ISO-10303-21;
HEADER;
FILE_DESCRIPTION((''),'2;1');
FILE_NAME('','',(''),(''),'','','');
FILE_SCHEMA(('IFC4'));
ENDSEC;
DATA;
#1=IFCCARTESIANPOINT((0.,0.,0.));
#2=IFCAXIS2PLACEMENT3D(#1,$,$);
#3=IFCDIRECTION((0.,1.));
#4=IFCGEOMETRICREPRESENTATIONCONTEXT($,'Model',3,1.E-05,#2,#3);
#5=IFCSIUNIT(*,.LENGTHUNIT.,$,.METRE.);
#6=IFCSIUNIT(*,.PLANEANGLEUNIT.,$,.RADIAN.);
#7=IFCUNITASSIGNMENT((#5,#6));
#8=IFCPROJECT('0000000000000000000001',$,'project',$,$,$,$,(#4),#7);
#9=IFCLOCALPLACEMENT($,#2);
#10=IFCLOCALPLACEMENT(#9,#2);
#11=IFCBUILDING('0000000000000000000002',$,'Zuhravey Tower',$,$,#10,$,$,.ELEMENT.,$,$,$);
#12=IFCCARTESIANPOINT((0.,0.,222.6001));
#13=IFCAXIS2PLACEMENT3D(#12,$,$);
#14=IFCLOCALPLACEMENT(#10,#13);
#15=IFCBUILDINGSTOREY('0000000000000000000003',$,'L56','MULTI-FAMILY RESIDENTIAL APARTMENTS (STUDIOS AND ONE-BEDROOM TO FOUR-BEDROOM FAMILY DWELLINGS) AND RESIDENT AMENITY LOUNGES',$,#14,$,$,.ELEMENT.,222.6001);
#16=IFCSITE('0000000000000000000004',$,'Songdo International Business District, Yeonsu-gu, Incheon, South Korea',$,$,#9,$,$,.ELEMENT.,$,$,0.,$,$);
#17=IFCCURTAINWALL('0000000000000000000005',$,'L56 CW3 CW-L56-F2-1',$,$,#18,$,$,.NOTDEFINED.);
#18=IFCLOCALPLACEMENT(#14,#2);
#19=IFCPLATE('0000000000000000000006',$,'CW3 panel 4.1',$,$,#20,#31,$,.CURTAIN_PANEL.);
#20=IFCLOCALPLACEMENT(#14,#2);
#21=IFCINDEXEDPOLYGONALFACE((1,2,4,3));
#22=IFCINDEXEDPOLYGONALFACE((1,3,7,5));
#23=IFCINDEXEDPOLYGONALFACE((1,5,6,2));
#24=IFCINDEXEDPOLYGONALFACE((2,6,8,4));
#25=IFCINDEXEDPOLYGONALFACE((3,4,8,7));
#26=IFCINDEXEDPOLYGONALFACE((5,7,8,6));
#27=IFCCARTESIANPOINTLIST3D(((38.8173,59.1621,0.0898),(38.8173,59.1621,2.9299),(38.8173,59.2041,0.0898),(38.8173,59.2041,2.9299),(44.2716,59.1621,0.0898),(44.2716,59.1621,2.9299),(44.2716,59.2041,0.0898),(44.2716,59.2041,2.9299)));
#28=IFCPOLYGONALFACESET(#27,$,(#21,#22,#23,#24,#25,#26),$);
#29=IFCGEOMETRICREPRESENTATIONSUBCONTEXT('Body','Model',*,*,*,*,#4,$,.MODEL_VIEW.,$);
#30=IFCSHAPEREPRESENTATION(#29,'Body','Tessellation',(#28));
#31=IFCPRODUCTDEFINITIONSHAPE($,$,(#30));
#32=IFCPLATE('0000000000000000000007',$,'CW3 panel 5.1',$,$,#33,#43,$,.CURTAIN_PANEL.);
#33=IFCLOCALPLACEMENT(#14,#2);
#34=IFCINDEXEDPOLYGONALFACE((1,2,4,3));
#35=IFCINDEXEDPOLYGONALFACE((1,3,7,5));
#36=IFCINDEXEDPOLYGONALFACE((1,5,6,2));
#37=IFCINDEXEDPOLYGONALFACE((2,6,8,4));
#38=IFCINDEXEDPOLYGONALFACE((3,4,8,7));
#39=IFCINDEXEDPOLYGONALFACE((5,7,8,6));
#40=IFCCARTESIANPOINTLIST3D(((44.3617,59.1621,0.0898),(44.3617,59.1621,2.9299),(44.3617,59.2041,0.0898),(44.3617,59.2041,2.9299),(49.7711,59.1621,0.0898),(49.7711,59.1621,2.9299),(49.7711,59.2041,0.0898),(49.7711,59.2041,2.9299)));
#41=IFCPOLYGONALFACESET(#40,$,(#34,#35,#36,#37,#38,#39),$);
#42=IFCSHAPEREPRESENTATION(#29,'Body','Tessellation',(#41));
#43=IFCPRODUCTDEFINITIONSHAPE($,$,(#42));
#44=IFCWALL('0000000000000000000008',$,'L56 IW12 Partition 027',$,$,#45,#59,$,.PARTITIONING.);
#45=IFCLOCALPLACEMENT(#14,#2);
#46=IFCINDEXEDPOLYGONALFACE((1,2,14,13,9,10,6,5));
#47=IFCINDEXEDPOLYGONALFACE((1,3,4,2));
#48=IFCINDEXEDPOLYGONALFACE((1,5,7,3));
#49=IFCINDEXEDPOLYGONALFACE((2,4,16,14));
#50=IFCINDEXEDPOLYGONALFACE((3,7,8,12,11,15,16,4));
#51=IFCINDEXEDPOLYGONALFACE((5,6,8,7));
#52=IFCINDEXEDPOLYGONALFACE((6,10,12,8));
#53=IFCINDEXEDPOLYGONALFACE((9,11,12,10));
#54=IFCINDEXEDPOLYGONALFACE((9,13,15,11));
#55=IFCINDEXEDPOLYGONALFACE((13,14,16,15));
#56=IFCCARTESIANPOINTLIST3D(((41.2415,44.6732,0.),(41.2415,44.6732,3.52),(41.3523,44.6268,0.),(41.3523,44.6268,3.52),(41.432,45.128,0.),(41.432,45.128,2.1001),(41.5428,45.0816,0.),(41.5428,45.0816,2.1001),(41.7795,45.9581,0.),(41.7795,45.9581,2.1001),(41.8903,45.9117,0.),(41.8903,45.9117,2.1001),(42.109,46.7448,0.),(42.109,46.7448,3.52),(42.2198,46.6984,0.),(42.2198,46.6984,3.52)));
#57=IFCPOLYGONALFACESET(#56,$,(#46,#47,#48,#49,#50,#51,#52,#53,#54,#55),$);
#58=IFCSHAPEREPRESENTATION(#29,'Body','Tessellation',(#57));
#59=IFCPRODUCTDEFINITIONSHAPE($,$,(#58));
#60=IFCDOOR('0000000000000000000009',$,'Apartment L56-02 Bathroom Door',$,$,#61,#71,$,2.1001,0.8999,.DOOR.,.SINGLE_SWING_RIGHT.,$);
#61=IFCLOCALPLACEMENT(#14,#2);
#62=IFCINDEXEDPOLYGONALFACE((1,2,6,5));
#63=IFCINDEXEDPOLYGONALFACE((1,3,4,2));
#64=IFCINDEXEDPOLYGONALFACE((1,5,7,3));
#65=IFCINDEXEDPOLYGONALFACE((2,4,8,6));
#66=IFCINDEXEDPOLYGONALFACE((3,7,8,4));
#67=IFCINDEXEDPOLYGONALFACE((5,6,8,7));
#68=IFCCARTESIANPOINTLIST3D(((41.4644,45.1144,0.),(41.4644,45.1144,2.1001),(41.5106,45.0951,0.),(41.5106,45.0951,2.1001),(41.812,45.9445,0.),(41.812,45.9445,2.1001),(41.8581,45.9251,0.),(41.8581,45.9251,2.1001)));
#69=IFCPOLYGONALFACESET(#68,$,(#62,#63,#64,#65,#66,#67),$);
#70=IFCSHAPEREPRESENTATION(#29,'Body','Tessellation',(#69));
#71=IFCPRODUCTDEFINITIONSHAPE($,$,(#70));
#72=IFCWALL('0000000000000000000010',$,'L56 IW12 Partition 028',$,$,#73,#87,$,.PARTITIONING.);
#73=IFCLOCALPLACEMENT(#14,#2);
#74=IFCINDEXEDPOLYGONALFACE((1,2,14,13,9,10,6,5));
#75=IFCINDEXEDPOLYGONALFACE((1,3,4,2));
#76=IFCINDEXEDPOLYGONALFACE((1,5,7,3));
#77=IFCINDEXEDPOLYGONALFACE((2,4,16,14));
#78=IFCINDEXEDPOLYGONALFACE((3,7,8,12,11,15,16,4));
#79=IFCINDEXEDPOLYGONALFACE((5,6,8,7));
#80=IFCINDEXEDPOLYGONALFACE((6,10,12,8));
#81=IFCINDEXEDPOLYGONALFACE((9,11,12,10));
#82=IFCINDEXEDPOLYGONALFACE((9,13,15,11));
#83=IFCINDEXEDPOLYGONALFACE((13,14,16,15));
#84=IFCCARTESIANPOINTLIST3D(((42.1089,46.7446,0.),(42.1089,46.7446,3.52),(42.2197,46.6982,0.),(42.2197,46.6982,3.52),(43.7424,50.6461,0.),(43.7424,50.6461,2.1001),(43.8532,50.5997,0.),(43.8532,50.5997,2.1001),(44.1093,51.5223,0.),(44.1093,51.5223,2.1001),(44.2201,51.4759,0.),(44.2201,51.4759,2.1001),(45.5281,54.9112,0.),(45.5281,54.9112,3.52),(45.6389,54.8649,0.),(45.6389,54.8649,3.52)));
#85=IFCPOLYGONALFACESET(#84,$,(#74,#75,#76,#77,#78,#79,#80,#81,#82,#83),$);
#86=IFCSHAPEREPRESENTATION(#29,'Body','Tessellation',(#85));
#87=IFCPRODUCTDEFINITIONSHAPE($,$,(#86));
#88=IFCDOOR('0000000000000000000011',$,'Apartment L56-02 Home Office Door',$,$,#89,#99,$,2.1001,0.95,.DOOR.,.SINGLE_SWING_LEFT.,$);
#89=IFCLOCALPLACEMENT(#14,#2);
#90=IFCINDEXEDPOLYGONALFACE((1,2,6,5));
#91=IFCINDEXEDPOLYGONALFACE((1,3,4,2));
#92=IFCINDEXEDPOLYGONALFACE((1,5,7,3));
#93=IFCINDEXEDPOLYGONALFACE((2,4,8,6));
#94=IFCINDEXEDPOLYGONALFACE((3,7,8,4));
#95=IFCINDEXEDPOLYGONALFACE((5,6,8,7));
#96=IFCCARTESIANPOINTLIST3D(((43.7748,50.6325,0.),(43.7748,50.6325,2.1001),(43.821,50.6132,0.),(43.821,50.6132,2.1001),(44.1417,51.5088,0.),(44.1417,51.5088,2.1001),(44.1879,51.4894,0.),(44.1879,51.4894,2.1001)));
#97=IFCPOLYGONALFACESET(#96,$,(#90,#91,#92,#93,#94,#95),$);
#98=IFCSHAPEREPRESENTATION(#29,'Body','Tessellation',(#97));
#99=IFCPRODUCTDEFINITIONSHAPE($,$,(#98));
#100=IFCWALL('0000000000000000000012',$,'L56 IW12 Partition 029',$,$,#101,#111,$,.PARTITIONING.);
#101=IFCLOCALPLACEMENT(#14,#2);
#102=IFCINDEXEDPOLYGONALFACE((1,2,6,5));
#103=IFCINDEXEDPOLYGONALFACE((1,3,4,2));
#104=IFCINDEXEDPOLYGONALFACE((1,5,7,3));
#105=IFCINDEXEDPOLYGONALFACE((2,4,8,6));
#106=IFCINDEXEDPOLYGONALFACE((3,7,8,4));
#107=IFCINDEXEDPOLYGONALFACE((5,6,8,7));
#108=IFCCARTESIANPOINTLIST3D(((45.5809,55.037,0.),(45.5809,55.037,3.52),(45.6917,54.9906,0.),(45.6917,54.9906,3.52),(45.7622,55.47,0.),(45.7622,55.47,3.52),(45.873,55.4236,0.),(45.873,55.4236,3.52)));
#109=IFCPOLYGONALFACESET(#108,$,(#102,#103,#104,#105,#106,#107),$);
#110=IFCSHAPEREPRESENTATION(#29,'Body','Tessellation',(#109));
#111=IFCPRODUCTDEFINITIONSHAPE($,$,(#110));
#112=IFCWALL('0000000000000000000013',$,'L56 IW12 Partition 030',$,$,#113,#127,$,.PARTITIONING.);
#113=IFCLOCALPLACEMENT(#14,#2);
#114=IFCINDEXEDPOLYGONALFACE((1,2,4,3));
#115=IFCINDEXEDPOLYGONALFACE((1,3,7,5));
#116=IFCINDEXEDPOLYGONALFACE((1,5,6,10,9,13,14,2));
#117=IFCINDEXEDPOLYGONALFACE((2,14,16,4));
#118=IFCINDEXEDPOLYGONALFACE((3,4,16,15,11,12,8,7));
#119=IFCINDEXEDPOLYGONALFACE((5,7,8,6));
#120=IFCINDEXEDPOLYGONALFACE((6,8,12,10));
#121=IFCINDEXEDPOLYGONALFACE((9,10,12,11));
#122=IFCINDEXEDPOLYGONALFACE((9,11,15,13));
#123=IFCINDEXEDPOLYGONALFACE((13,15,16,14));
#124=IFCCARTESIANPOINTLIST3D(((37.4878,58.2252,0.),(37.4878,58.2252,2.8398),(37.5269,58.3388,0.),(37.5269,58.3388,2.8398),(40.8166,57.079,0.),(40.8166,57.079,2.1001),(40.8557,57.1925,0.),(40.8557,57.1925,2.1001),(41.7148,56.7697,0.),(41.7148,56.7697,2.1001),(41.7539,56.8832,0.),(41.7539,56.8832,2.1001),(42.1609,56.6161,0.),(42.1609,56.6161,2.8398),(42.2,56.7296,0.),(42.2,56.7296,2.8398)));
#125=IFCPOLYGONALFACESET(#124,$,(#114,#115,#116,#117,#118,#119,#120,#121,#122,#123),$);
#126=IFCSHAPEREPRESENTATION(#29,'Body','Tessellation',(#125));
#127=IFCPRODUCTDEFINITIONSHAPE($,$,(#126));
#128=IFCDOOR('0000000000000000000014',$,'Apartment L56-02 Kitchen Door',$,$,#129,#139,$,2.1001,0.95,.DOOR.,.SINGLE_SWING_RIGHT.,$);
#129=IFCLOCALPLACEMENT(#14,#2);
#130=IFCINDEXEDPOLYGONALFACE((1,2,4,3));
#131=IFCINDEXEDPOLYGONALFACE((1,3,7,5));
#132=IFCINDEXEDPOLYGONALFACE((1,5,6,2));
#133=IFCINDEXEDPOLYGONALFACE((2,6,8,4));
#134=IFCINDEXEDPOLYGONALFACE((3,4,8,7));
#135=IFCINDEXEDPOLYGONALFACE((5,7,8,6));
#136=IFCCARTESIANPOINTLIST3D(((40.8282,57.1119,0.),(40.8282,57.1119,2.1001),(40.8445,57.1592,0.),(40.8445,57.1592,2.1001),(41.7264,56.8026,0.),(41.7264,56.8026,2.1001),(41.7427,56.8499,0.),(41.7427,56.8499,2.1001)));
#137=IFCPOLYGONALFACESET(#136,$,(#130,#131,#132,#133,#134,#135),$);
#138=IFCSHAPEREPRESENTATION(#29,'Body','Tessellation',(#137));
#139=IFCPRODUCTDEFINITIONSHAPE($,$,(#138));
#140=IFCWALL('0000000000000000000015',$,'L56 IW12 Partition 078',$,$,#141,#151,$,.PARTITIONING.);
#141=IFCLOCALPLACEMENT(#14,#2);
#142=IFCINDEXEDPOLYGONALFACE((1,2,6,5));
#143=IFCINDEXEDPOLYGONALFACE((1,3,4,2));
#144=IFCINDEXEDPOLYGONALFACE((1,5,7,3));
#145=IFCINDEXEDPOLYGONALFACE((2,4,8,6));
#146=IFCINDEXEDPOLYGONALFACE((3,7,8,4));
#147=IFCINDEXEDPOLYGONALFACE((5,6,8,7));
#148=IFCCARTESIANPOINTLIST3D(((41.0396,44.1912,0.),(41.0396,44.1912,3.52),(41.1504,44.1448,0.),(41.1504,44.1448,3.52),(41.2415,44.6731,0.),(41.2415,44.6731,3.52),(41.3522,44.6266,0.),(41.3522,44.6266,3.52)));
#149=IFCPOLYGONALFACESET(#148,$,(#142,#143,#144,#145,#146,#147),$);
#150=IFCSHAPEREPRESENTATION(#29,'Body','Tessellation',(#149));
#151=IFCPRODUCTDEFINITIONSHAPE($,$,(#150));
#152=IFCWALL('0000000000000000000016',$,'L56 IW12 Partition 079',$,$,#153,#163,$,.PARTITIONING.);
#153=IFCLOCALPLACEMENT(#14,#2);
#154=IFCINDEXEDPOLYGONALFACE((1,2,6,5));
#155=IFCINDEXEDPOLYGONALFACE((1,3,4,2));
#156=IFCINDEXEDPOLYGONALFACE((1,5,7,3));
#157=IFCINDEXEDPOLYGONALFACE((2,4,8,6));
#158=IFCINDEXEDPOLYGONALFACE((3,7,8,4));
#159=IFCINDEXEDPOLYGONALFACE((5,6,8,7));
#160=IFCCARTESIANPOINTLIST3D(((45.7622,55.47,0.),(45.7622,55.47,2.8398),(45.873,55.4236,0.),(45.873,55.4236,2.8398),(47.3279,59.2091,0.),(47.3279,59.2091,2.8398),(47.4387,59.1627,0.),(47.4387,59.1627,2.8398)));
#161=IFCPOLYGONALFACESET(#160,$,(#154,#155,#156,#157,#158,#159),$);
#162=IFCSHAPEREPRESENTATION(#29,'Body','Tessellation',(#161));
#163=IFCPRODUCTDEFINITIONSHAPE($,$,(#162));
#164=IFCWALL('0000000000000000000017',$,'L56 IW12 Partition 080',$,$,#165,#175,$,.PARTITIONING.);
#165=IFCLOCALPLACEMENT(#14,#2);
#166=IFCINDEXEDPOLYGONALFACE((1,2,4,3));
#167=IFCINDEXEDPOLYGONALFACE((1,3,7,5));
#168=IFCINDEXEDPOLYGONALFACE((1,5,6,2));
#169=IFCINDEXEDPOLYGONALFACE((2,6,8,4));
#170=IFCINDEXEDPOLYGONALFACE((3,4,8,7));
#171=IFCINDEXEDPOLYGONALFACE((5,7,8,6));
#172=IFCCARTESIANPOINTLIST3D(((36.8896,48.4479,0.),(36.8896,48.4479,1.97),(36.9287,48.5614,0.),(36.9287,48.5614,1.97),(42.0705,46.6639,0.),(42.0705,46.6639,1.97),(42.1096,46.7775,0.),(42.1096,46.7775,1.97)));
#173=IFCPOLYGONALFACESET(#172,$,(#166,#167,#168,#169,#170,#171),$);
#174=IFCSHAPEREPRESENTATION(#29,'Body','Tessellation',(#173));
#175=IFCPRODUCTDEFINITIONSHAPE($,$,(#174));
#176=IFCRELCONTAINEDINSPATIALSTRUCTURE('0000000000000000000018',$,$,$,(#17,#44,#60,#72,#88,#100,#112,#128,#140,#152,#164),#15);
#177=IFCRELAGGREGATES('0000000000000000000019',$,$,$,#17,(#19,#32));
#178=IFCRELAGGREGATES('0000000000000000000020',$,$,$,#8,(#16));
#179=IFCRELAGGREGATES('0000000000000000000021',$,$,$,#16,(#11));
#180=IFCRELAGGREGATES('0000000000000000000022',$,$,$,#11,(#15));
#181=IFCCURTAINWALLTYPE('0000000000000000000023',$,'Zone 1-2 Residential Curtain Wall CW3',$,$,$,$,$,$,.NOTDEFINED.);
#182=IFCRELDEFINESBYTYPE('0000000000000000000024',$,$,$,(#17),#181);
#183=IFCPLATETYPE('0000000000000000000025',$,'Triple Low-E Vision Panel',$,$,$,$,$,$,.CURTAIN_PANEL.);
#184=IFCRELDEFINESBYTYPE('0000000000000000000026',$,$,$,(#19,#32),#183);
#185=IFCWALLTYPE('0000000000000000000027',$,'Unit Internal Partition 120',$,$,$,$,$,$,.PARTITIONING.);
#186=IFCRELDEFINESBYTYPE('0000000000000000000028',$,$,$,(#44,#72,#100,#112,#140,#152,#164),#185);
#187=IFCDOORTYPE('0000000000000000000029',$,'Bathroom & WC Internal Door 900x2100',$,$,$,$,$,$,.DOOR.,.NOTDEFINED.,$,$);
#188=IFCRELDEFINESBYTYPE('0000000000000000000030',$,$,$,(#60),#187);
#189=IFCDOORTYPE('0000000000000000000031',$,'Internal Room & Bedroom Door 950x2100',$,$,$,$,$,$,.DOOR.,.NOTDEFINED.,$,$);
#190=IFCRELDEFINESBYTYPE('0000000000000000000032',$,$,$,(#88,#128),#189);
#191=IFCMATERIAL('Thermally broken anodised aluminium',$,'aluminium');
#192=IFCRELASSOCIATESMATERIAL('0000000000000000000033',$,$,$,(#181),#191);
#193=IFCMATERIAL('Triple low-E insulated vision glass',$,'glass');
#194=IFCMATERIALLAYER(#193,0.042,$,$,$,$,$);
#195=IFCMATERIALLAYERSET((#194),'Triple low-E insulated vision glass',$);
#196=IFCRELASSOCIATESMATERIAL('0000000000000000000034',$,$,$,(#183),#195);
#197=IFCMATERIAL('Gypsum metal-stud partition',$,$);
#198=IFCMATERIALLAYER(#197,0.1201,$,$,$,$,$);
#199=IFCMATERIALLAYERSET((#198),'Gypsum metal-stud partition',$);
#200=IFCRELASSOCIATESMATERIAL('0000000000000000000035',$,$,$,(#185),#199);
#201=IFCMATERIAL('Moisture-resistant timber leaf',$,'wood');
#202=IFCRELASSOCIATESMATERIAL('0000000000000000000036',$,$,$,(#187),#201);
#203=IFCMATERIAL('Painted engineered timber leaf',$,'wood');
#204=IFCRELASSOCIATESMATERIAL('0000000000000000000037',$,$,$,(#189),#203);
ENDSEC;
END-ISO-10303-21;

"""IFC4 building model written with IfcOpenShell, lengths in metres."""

from ifc_helpers import new_model, si_unit, direction, frame, frame_2d, origin, origin_2d, place, context, subcontext, project, spatial, rectangle, extrude, material, layer, layer_set, type_object, element, fill, aggregate, save


model = new_model("IFC4")

# Units and contexts
model_context = context("Model", 3, precision=1e-05, world=origin(), true_north=direction((0.0, 1.0)))
body_context = subcontext(model_context, "Body", "Model", "MODEL_VIEW")
ifc_project = project(units=[si_unit("LENGTHUNIT", "METRE"), si_unit("PLANEANGLEUNIT", "RADIAN")], contexts=[model_context])

# Site, building, storey
site_placement = place(None, origin())
site = spatial("IfcSite", under=ifc_project, at=site_placement, Name="Songdo International Business District, Yeonsu-gu, Incheon, South Korea", CompositionType="ELEMENT", RefElevation=0.0)
building_placement = place(site_placement, origin())
building = spatial("IfcBuilding", under=site, at=building_placement, Name="Zuhravey Tower", CompositionType="ELEMENT")
storey_placement = place(building_placement, frame((0.0, 0.0, 222.6001)))
storey = spatial("IfcBuildingStorey", under=building, at=storey_placement, Name="L56", Description="MULTI-FAMILY RESIDENTIAL APARTMENTS (STUDIOS AND ONE-BEDROOM TO FOUR-BEDROOM FAMILY DWELLINGS) AND RESIDENT AMENITY LOUNGES", CompositionType="ELEMENT", Elevation=222.6001)

# Curtain wall
ifc_material_1 = material(Name="Thermally broken anodised aluminium", Category="aluminium")
curtain_wall_type = type_object("IfcCurtainWallType", Name="Zone 1-2 Residential Curtain Wall CW3", PredefinedType="NOTDEFINED", material=ifc_material_1)
curtain_wall_placement = place(storey_placement, origin())
curtain_wall = element("IfcCurtainWall", 1, at=curtain_wall_placement, inside=storey, type_object=curtain_wall_type, Name="L56 CW3 CW-L56-F2-1", PredefinedType="NOTDEFINED")

# Plates
ifc_material_2 = material(Name="Triple low-E insulated vision glass", Category="glass")
ifc_layer_1 = layer(ifc_material_2, 0.042)
ifc_layer_set_1 = layer_set([ifc_layer_1], Name="Triple low-E insulated vision glass")
plate_type_1 = type_object("IfcPlateType", Name="Triple Low-E Vision Panel", PredefinedType="CURTAIN_PANEL", material=ifc_layer_set_1)
plate_1_placement = place(storey_placement, frame((41.5444, 59.1831, 0.0898), z_axis=(0.0, 0.0, 1.0), x_axis=(1.0, 0.0, 0.0)))
plate_1 = element("IfcPlate", 2, at=plate_1_placement, type_object=plate_type_1, Name="CW3 panel 4.1", PredefinedType="CURTAIN_PANEL", context=body_context, shape_type="SweptSolid", body=[
    extrude(rectangle(XDim=5.4543, YDim=0.042, at=origin_2d()), origin(), (0.0, 0.0, 1.0), 2.8401),
])
plate_2_placement = place(storey_placement, frame((47.0664, 59.1831, 0.0898), z_axis=(0.0, 0.0, 1.0), x_axis=(1.0, 0.0, 0.0)))
plate_2 = element("IfcPlate", 3, at=plate_2_placement, type_object=plate_type_1, Name="CW3 panel 5.1", PredefinedType="CURTAIN_PANEL", context=body_context, shape_type="SweptSolid", body=[
    extrude(rectangle(XDim=5.4094, YDim=0.042, at=origin_2d()), origin(), (0.0, 0.0, 1.0), 2.8401),
])
aggregate(curtain_wall, [plate_1, plate_2])

# Walls, openings, doors
ifc_material_3 = material(Name="Gypsum metal-stud partition")
ifc_layer_2 = layer(ifc_material_3, 0.1201)
ifc_layer_set_2 = layer_set([ifc_layer_2], Name="Gypsum metal-stud partition")
wall_type = type_object("IfcWallType", Name="Unit Internal Partition 120", PredefinedType="PARTITIONING", material=ifc_layer_set_2)
wall_1_placement = place(storey_placement, frame((41.2969, 44.6499, 0.0), z_axis=(0.0, 0.0, 1.0), x_axis=(0.386243, 0.922397, 0.0)))
wall_1 = element("IfcWall", 4, at=wall_1_placement, inside=storey, type_object=wall_type, Name="L56 IW12 Partition 027", PredefinedType="PARTITIONING", context=body_context, shape_type="SweptSolid", body=[
    extrude(rectangle(XDim=2.2458, YDim=0.1201, at=frame_2d((1.123, 0.0))), origin(), (0.0, 0.0, 1.0), 3.52),
])
opening_1_placement = place(wall_1_placement, frame((0.4932, 0.0, 0.0)))
opening_1 = element("IfcOpeningElement", 5, at=opening_1_placement, cuts=wall_1, PredefinedType="OPENING", context=body_context, shape_type="SweptSolid", body=[
    extrude(rectangle(XDim=0.8999, YDim=2.1001, at=frame_2d((0.45, 1.05))), frame((0.0, 0.072, 0.0), z_axis=(0.0, -1.0, 0.0), x_axis=(1.0, 0.0, 0.0)), (0.0, 0.0, 1.0), 0.144),
])
ifc_material_4 = material(Name="Moisture-resistant timber leaf", Category="wood")
door_type_1 = type_object("IfcDoorType", Name="Bathroom & WC Internal Door 900x2100", OperationType="NOTDEFINED", PredefinedType="DOOR", material=ifc_material_4)
door_1_placement = place(opening_1_placement, origin())
door_1 = element("IfcDoor", 6, at=door_1_placement, inside=storey, type_object=door_type_1, Name="Apartment L56-02 Bathroom Door", OperationType="SINGLE_SWING_RIGHT", OverallHeight=2.1001, OverallWidth=0.8999, PredefinedType="DOOR", context=body_context, shape_type="SweptSolid", body=[
    extrude(rectangle(XDim=0.8999, YDim=2.1001, at=frame_2d((0.45, 1.05))), frame((0.0, 0.0249, 0.0), z_axis=(0.0, -1.0, 0.0), x_axis=(1.0, 0.0, 0.0)), (0.0, 0.0, 1.0), 0.05),
])
fill(opening_1, door_1)
wall_2_placement = place(storey_placement, frame((42.1643, 46.7214, 0.0), z_axis=(0.0, 0.0, 1.0), x_axis=(0.386201, 0.922415, 0.0)))
wall_2 = element("IfcWall", 7, at=wall_2_placement, inside=storey, type_object=wall_type, Name="L56 IW12 Partition 028", PredefinedType="PARTITIONING", context=body_context, shape_type="SweptSolid", body=[
    extrude(rectangle(XDim=8.8535, YDim=0.1201, at=frame_2d((4.4268, 0.0))), origin(), (0.0, 0.0, 1.0), 3.52),
])
opening_2_placement = place(wall_2_placement, frame((4.2295, 0.0, 0.0)))
opening_2 = element("IfcOpeningElement", 8, at=opening_2_placement, cuts=wall_2, PredefinedType="OPENING", context=body_context, shape_type="SweptSolid", body=[
    extrude(rectangle(XDim=0.95, YDim=2.1001, at=frame_2d((0.4751, 1.05))), frame((0.0, 0.072, 0.0), z_axis=(0.0, -1.0, 0.0), x_axis=(1.0, 0.0, 0.0)), (0.0, 0.0, 1.0), 0.144),
])
ifc_material_5 = material(Name="Painted engineered timber leaf", Category="wood")
door_type_2 = type_object("IfcDoorType", Name="Internal Room & Bedroom Door 950x2100", OperationType="NOTDEFINED", PredefinedType="DOOR", material=ifc_material_5)
door_2_placement = place(opening_2_placement, origin())
door_2 = element("IfcDoor", 9, at=door_2_placement, inside=storey, type_object=door_type_2, Name="Apartment L56-02 Home Office Door", OperationType="SINGLE_SWING_LEFT", OverallHeight=2.1001, OverallWidth=0.95, PredefinedType="DOOR", context=body_context, shape_type="SweptSolid", body=[
    extrude(rectangle(XDim=0.95, YDim=2.1001, at=frame_2d((0.4751, 1.05))), frame((0.0, 0.0249, 0.0), z_axis=(0.0, -1.0, 0.0), x_axis=(1.0, 0.0, 0.0)), (0.0, 0.0, 1.0), 0.05),
])
fill(opening_2, door_2)

# Wall
wall_3_placement = place(storey_placement, frame((45.6362, 55.0137, 0.0), z_axis=(0.0, 0.0, 1.0), x_axis=(0.386313, 0.922368, 0.0)))
element("IfcWall", 10, at=wall_3_placement, inside=storey, type_object=wall_type, Name="L56 IW12 Partition 029", PredefinedType="PARTITIONING", context=body_context, shape_type="SweptSolid", body=[
    extrude(rectangle(XDim=0.4695, YDim=0.1201, at=frame_2d((0.2349, 0.0))), origin(), (0.0, 0.0, 1.0), 3.52),
])

# Wall, opening, door
wall_4_placement = place(storey_placement, frame((42.1804, 56.6729, 0.0), z_axis=(0.0, 0.0, 1.0), x_axis=(-0.945515, 0.325578, 0.0)))
wall_4 = element("IfcWall", 11, at=wall_4_placement, inside=storey, type_object=wall_type, Name="L56 IW12 Partition 030", PredefinedType="PARTITIONING", context=body_context, shape_type="SweptSolid", body=[
    extrude(rectangle(XDim=4.9424, YDim=0.1201, at=frame_2d((2.4712, 0.0))), origin(), (0.0, 0.0, 1.0), 2.8398),
])
opening_3_placement = place(wall_4_placement, frame((0.4717, 0.0, 0.0)))
opening_3 = element("IfcOpeningElement", 12, at=opening_3_placement, cuts=wall_4, PredefinedType="OPENING", context=body_context, shape_type="SweptSolid", body=[
    extrude(rectangle(XDim=0.95, YDim=2.1001, at=frame_2d((0.4751, 1.05))), frame((0.0, 0.072, 0.0), z_axis=(0.0, -1.0, 0.0), x_axis=(1.0, 0.0, 0.0)), (0.0, 0.0, 1.0), 0.144),
])
door_3_placement = place(opening_3_placement, frame((0.95, 0.0, 0.0), z_axis=(0.0, 0.0, 1.0), x_axis=(-1.0, 0.0, 0.0)))
door_3 = element("IfcDoor", 13, at=door_3_placement, inside=storey, type_object=door_type_2, Name="Apartment L56-02 Kitchen Door", OperationType="SINGLE_SWING_RIGHT", OverallHeight=2.1001, OverallWidth=0.95, PredefinedType="DOOR", context=body_context, shape_type="SweptSolid", body=[
    extrude(rectangle(XDim=0.95, YDim=2.1001, at=frame_2d((0.4751, 1.05))), frame((0.0, 0.0249, 0.0), z_axis=(0.0, -1.0, 0.0), x_axis=(1.0, 0.0, 0.0)), (0.0, 0.0, 1.0), 0.05),
])
fill(opening_3, door_3)

# Walls
wall_5_placement = place(storey_placement, frame((41.095, 44.168, 0.0), z_axis=(0.0, 0.0, 1.0), x_axis=(0.386406, 0.922329, 0.0)))
element("IfcWall", 14, at=wall_5_placement, inside=storey, type_object=wall_type, Name="L56 IW12 Partition 078", PredefinedType="PARTITIONING", context=body_context, shape_type="SweptSolid", body=[
    extrude(rectangle(XDim=0.5225, YDim=0.1201, at=frame_2d((0.2612, 0.0))), origin(), (0.0, 0.0, 1.0), 3.52),
])
wall_6_placement = place(storey_placement, frame((45.8176, 55.4468, 0.0), z_axis=(0.0, 0.0, 1.0), x_axis=(0.386223, 0.922406, 0.0)))
element("IfcWall", 15, at=wall_6_placement, inside=storey, type_object=wall_type, Name="L56 IW12 Partition 079", PredefinedType="PARTITIONING", context=body_context, shape_type="SweptSolid", body=[
    extrude(rectangle(XDim=4.0537, YDim=0.1201, at=frame_2d((2.0269, 0.0))), origin(), (0.0, 0.0, 1.0), 2.8398),
])
wall_7_placement = place(storey_placement, frame((42.0901, 46.7207, 0.0), z_axis=(0.0, 0.0, 1.0), x_axis=(-0.945518, 0.325569, 0.0)))
element("IfcWall", 16, at=wall_7_placement, inside=storey, type_object=wall_type, Name="L56 IW12 Partition 080", PredefinedType="PARTITIONING", context=body_context, shape_type="SweptSolid", body=[
    extrude(rectangle(XDim=5.4795, YDim=0.1201, at=frame_2d((2.7397, 0.0))), origin(), (0.0, 0.0, 1.0), 1.97),
])

save(model, "model.ifc")
